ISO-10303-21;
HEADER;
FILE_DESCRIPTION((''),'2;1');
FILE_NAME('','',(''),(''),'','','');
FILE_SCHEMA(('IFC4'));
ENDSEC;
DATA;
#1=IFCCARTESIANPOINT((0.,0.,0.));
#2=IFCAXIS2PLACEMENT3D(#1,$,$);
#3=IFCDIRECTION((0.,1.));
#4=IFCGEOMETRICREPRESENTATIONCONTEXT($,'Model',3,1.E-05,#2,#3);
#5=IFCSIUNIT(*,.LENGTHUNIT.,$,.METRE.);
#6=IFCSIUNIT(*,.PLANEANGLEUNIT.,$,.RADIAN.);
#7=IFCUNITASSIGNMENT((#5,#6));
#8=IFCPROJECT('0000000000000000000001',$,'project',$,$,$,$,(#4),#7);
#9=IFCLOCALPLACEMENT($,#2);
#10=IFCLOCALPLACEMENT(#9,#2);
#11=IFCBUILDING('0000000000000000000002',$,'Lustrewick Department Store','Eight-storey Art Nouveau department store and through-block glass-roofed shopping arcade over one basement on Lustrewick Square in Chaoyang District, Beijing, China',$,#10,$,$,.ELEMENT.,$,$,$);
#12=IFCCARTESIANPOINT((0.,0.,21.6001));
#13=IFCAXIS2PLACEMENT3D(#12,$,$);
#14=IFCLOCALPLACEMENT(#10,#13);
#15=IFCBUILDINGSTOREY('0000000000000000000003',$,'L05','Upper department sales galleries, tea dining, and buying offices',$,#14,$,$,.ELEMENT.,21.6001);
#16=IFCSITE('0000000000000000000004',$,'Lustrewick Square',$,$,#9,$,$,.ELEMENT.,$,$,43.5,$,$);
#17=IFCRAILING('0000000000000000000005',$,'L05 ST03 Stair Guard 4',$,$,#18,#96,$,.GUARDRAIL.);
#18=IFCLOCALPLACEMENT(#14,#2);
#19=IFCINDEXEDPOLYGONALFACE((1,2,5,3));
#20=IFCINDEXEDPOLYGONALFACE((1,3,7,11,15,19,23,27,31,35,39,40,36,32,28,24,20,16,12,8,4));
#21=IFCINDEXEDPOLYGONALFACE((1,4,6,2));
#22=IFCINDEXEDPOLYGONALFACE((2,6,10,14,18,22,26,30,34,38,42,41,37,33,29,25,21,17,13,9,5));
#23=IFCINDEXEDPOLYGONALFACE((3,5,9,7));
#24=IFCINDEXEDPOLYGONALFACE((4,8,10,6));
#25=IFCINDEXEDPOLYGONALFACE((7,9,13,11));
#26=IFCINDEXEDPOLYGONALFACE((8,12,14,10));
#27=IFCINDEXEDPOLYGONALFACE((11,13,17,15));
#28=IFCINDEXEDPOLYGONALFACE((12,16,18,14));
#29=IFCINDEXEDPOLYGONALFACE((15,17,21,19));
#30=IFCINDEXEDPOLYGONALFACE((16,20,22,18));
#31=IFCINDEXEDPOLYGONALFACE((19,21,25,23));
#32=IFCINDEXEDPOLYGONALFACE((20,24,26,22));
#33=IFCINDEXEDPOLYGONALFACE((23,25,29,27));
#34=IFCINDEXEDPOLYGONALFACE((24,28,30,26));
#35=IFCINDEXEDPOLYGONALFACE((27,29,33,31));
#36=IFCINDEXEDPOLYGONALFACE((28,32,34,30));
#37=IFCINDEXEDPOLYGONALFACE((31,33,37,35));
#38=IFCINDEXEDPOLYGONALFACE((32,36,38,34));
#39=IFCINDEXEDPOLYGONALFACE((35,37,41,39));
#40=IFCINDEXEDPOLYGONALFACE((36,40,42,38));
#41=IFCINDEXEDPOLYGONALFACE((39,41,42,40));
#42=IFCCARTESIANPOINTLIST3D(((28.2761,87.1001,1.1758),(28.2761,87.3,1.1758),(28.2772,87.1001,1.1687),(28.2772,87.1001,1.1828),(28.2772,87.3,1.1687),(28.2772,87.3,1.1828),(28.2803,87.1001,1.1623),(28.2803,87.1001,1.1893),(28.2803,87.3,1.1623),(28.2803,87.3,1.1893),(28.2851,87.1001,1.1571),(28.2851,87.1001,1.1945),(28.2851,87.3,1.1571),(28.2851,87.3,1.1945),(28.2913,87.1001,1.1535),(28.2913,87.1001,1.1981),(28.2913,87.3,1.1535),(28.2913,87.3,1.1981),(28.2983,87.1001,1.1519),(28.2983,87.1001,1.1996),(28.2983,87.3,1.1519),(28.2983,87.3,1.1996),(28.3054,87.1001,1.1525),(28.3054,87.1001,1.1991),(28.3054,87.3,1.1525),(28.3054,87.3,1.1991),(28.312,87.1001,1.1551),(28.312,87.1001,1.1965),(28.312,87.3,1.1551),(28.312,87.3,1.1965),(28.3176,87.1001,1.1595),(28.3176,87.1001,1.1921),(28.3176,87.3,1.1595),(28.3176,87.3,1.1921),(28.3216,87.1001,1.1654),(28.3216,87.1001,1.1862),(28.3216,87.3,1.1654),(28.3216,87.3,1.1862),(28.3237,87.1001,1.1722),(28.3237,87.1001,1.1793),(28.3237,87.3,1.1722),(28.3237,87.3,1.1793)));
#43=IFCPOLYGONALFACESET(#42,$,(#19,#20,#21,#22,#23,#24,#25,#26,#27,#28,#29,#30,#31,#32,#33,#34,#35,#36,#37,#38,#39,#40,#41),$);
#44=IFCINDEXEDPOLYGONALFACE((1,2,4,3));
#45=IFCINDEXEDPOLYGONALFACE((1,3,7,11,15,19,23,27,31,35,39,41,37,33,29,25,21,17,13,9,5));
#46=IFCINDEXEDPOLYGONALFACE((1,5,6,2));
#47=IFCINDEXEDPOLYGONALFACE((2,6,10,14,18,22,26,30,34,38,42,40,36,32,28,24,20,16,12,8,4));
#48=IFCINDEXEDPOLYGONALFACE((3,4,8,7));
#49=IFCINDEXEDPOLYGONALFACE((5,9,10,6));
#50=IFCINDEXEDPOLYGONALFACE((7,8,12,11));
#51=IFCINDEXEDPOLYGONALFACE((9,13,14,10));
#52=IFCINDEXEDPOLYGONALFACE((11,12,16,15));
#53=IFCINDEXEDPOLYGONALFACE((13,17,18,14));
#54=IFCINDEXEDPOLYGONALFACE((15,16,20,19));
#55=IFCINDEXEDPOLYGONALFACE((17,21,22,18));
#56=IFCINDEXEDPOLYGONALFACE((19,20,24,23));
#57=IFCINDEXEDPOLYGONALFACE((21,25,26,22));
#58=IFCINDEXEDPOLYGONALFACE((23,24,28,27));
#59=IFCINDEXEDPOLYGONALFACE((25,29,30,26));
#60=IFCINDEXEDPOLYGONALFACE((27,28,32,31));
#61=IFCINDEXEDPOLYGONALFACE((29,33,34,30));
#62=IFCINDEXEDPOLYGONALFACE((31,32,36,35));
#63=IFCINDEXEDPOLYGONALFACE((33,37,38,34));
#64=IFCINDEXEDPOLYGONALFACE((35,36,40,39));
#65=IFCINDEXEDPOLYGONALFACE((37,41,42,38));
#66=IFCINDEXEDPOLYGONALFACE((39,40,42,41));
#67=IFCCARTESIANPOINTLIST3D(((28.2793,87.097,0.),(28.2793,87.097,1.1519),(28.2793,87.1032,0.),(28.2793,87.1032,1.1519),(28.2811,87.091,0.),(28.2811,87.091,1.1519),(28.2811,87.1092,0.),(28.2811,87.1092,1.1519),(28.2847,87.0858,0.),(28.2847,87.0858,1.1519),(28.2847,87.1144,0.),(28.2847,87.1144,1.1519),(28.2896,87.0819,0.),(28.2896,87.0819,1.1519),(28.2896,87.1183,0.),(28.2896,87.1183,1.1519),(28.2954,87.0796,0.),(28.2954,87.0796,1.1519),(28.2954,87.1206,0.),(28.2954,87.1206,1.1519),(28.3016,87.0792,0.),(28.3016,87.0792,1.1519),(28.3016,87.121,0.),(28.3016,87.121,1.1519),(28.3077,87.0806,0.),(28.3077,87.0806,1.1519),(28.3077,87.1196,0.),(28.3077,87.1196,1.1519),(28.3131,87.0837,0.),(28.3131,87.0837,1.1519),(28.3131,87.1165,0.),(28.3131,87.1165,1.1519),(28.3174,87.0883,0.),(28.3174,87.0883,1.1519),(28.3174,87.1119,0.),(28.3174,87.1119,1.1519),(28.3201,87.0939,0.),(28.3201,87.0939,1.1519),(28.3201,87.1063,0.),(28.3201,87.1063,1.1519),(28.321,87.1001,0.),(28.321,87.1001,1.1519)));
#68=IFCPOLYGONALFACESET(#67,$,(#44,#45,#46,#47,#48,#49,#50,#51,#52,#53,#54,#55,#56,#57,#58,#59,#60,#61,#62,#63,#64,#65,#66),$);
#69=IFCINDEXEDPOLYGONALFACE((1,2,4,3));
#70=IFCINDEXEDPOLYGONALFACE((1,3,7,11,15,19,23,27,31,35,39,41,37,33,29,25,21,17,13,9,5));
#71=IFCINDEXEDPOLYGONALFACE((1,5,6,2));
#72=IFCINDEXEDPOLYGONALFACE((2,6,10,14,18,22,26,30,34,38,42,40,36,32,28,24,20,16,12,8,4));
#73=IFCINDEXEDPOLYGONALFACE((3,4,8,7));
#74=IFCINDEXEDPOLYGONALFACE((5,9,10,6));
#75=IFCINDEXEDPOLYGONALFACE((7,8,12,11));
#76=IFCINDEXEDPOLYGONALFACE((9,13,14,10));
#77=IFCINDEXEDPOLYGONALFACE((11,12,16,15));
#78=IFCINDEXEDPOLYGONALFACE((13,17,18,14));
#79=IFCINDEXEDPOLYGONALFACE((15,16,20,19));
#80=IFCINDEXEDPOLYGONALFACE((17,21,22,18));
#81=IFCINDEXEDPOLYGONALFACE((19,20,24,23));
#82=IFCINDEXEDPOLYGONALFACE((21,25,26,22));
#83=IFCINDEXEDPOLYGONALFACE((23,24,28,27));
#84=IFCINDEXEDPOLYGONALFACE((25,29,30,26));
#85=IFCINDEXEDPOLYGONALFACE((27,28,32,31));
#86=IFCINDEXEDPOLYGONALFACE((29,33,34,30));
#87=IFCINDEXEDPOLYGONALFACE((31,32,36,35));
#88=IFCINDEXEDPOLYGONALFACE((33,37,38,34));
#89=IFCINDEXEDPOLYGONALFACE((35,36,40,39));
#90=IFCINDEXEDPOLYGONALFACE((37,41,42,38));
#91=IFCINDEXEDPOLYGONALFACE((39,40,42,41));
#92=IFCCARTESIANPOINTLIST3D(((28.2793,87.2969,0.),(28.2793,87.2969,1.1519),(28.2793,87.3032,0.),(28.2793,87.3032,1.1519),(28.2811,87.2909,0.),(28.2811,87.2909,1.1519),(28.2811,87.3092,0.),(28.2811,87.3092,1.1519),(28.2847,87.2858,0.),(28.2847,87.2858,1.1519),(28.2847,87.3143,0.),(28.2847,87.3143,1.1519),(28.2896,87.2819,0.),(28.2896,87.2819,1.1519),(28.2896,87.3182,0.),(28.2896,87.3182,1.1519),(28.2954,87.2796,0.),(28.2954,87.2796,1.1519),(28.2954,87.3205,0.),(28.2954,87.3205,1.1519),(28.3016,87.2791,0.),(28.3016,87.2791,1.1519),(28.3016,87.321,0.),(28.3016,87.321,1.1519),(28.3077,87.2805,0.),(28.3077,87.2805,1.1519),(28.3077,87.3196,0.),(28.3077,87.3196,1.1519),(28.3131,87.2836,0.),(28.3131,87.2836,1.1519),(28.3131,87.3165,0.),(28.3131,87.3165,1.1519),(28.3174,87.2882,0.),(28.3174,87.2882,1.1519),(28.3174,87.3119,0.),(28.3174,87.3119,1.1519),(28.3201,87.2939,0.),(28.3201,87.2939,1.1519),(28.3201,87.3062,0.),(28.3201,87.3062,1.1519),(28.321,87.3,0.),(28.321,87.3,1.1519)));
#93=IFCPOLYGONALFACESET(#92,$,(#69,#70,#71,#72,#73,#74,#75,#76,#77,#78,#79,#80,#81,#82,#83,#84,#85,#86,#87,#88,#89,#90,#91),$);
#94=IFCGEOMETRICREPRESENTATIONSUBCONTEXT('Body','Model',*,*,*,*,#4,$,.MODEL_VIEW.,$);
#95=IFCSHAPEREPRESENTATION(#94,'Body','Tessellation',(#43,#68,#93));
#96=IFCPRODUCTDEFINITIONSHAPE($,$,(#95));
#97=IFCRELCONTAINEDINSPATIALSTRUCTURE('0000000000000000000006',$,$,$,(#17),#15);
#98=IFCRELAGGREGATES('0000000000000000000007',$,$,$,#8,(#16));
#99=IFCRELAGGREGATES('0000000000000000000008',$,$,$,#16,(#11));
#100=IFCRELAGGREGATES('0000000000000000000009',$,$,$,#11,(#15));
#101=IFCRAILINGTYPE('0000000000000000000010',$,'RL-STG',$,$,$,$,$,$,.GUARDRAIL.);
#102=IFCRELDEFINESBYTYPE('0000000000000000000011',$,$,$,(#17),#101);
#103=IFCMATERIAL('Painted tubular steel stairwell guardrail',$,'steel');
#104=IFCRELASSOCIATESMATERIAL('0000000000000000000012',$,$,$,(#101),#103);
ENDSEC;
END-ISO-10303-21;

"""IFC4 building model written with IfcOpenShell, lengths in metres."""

from ifc_helpers import new_model, si_unit, direction, frame, origin, origin_2d, place, context, subcontext, project, spatial, circle, extrude, material, type_object, element, save


model = new_model("IFC4")

# Units and contexts
model_context = context("Model", 3, precision=1e-05, world=origin(), true_north=direction((0.0, 1.0)))
body_context = subcontext(model_context, "Body", "Model", "MODEL_VIEW")
ifc_project = project(units=[si_unit("LENGTHUNIT", "METRE"), si_unit("PLANEANGLEUNIT", "RADIAN")], contexts=[model_context])

# Site, building, storey
site_placement = place(None, origin())
site = spatial("IfcSite", under=ifc_project, at=site_placement, Name="Lustrewick Square", CompositionType="ELEMENT", RefElevation=43.5)
building_placement = place(site_placement, origin())
building = spatial("IfcBuilding", under=site, at=building_placement, Name="Lustrewick Department Store", Description="Eight-storey Art Nouveau department store and through-block glass-roofed shopping arcade over one basement on Lustrewick Square in Chaoyang District, Beijing, China", CompositionType="ELEMENT")
storey_placement = place(building_placement, frame((0.0, 0.0, 21.6001)))
storey = spatial("IfcBuildingStorey", under=building, at=storey_placement, Name="L05", Description="Upper department sales galleries, tea dining, and buying offices", CompositionType="ELEMENT", Elevation=21.6001)

# Railing
ifc_material_1 = material(Name="Painted tubular steel stairwell guardrail", Category="steel")
railing_type_1 = type_object("IfcRailingType", Name="RL-STG", PredefinedType="GUARDRAIL", material=ifc_material_1)
railing_1_placement = place(storey_placement, frame((28.3, 87.1001, 0.0)))
element("IfcRailing", 1, at=railing_1_placement, inside=storey, type_object=railing_type_1, Name="L05 ST03 Stair Guard 4", PredefinedType="GUARDRAIL", context=body_context, shape_type="SweptSolid", body=[
    extrude(circle(Radius=0.0239, at=origin_2d()), frame((0.0, 0.0, 1.1758), z_axis=(0.0, 1.0, 0.0), x_axis=(-1.0, 0.0, 0.0)), (0.0, 0.0, 1.0), 0.2),
    extrude(circle(Radius=0.021, at=origin_2d()), origin(), (0.0, 0.0, 1.0), 1.1519),
    extrude(circle(Radius=0.021, at=origin_2d()), frame((0.0, 0.2, 0.0)), (0.0, 0.0, 1.0), 1.1519),
])

save(model, "model.ifc")
